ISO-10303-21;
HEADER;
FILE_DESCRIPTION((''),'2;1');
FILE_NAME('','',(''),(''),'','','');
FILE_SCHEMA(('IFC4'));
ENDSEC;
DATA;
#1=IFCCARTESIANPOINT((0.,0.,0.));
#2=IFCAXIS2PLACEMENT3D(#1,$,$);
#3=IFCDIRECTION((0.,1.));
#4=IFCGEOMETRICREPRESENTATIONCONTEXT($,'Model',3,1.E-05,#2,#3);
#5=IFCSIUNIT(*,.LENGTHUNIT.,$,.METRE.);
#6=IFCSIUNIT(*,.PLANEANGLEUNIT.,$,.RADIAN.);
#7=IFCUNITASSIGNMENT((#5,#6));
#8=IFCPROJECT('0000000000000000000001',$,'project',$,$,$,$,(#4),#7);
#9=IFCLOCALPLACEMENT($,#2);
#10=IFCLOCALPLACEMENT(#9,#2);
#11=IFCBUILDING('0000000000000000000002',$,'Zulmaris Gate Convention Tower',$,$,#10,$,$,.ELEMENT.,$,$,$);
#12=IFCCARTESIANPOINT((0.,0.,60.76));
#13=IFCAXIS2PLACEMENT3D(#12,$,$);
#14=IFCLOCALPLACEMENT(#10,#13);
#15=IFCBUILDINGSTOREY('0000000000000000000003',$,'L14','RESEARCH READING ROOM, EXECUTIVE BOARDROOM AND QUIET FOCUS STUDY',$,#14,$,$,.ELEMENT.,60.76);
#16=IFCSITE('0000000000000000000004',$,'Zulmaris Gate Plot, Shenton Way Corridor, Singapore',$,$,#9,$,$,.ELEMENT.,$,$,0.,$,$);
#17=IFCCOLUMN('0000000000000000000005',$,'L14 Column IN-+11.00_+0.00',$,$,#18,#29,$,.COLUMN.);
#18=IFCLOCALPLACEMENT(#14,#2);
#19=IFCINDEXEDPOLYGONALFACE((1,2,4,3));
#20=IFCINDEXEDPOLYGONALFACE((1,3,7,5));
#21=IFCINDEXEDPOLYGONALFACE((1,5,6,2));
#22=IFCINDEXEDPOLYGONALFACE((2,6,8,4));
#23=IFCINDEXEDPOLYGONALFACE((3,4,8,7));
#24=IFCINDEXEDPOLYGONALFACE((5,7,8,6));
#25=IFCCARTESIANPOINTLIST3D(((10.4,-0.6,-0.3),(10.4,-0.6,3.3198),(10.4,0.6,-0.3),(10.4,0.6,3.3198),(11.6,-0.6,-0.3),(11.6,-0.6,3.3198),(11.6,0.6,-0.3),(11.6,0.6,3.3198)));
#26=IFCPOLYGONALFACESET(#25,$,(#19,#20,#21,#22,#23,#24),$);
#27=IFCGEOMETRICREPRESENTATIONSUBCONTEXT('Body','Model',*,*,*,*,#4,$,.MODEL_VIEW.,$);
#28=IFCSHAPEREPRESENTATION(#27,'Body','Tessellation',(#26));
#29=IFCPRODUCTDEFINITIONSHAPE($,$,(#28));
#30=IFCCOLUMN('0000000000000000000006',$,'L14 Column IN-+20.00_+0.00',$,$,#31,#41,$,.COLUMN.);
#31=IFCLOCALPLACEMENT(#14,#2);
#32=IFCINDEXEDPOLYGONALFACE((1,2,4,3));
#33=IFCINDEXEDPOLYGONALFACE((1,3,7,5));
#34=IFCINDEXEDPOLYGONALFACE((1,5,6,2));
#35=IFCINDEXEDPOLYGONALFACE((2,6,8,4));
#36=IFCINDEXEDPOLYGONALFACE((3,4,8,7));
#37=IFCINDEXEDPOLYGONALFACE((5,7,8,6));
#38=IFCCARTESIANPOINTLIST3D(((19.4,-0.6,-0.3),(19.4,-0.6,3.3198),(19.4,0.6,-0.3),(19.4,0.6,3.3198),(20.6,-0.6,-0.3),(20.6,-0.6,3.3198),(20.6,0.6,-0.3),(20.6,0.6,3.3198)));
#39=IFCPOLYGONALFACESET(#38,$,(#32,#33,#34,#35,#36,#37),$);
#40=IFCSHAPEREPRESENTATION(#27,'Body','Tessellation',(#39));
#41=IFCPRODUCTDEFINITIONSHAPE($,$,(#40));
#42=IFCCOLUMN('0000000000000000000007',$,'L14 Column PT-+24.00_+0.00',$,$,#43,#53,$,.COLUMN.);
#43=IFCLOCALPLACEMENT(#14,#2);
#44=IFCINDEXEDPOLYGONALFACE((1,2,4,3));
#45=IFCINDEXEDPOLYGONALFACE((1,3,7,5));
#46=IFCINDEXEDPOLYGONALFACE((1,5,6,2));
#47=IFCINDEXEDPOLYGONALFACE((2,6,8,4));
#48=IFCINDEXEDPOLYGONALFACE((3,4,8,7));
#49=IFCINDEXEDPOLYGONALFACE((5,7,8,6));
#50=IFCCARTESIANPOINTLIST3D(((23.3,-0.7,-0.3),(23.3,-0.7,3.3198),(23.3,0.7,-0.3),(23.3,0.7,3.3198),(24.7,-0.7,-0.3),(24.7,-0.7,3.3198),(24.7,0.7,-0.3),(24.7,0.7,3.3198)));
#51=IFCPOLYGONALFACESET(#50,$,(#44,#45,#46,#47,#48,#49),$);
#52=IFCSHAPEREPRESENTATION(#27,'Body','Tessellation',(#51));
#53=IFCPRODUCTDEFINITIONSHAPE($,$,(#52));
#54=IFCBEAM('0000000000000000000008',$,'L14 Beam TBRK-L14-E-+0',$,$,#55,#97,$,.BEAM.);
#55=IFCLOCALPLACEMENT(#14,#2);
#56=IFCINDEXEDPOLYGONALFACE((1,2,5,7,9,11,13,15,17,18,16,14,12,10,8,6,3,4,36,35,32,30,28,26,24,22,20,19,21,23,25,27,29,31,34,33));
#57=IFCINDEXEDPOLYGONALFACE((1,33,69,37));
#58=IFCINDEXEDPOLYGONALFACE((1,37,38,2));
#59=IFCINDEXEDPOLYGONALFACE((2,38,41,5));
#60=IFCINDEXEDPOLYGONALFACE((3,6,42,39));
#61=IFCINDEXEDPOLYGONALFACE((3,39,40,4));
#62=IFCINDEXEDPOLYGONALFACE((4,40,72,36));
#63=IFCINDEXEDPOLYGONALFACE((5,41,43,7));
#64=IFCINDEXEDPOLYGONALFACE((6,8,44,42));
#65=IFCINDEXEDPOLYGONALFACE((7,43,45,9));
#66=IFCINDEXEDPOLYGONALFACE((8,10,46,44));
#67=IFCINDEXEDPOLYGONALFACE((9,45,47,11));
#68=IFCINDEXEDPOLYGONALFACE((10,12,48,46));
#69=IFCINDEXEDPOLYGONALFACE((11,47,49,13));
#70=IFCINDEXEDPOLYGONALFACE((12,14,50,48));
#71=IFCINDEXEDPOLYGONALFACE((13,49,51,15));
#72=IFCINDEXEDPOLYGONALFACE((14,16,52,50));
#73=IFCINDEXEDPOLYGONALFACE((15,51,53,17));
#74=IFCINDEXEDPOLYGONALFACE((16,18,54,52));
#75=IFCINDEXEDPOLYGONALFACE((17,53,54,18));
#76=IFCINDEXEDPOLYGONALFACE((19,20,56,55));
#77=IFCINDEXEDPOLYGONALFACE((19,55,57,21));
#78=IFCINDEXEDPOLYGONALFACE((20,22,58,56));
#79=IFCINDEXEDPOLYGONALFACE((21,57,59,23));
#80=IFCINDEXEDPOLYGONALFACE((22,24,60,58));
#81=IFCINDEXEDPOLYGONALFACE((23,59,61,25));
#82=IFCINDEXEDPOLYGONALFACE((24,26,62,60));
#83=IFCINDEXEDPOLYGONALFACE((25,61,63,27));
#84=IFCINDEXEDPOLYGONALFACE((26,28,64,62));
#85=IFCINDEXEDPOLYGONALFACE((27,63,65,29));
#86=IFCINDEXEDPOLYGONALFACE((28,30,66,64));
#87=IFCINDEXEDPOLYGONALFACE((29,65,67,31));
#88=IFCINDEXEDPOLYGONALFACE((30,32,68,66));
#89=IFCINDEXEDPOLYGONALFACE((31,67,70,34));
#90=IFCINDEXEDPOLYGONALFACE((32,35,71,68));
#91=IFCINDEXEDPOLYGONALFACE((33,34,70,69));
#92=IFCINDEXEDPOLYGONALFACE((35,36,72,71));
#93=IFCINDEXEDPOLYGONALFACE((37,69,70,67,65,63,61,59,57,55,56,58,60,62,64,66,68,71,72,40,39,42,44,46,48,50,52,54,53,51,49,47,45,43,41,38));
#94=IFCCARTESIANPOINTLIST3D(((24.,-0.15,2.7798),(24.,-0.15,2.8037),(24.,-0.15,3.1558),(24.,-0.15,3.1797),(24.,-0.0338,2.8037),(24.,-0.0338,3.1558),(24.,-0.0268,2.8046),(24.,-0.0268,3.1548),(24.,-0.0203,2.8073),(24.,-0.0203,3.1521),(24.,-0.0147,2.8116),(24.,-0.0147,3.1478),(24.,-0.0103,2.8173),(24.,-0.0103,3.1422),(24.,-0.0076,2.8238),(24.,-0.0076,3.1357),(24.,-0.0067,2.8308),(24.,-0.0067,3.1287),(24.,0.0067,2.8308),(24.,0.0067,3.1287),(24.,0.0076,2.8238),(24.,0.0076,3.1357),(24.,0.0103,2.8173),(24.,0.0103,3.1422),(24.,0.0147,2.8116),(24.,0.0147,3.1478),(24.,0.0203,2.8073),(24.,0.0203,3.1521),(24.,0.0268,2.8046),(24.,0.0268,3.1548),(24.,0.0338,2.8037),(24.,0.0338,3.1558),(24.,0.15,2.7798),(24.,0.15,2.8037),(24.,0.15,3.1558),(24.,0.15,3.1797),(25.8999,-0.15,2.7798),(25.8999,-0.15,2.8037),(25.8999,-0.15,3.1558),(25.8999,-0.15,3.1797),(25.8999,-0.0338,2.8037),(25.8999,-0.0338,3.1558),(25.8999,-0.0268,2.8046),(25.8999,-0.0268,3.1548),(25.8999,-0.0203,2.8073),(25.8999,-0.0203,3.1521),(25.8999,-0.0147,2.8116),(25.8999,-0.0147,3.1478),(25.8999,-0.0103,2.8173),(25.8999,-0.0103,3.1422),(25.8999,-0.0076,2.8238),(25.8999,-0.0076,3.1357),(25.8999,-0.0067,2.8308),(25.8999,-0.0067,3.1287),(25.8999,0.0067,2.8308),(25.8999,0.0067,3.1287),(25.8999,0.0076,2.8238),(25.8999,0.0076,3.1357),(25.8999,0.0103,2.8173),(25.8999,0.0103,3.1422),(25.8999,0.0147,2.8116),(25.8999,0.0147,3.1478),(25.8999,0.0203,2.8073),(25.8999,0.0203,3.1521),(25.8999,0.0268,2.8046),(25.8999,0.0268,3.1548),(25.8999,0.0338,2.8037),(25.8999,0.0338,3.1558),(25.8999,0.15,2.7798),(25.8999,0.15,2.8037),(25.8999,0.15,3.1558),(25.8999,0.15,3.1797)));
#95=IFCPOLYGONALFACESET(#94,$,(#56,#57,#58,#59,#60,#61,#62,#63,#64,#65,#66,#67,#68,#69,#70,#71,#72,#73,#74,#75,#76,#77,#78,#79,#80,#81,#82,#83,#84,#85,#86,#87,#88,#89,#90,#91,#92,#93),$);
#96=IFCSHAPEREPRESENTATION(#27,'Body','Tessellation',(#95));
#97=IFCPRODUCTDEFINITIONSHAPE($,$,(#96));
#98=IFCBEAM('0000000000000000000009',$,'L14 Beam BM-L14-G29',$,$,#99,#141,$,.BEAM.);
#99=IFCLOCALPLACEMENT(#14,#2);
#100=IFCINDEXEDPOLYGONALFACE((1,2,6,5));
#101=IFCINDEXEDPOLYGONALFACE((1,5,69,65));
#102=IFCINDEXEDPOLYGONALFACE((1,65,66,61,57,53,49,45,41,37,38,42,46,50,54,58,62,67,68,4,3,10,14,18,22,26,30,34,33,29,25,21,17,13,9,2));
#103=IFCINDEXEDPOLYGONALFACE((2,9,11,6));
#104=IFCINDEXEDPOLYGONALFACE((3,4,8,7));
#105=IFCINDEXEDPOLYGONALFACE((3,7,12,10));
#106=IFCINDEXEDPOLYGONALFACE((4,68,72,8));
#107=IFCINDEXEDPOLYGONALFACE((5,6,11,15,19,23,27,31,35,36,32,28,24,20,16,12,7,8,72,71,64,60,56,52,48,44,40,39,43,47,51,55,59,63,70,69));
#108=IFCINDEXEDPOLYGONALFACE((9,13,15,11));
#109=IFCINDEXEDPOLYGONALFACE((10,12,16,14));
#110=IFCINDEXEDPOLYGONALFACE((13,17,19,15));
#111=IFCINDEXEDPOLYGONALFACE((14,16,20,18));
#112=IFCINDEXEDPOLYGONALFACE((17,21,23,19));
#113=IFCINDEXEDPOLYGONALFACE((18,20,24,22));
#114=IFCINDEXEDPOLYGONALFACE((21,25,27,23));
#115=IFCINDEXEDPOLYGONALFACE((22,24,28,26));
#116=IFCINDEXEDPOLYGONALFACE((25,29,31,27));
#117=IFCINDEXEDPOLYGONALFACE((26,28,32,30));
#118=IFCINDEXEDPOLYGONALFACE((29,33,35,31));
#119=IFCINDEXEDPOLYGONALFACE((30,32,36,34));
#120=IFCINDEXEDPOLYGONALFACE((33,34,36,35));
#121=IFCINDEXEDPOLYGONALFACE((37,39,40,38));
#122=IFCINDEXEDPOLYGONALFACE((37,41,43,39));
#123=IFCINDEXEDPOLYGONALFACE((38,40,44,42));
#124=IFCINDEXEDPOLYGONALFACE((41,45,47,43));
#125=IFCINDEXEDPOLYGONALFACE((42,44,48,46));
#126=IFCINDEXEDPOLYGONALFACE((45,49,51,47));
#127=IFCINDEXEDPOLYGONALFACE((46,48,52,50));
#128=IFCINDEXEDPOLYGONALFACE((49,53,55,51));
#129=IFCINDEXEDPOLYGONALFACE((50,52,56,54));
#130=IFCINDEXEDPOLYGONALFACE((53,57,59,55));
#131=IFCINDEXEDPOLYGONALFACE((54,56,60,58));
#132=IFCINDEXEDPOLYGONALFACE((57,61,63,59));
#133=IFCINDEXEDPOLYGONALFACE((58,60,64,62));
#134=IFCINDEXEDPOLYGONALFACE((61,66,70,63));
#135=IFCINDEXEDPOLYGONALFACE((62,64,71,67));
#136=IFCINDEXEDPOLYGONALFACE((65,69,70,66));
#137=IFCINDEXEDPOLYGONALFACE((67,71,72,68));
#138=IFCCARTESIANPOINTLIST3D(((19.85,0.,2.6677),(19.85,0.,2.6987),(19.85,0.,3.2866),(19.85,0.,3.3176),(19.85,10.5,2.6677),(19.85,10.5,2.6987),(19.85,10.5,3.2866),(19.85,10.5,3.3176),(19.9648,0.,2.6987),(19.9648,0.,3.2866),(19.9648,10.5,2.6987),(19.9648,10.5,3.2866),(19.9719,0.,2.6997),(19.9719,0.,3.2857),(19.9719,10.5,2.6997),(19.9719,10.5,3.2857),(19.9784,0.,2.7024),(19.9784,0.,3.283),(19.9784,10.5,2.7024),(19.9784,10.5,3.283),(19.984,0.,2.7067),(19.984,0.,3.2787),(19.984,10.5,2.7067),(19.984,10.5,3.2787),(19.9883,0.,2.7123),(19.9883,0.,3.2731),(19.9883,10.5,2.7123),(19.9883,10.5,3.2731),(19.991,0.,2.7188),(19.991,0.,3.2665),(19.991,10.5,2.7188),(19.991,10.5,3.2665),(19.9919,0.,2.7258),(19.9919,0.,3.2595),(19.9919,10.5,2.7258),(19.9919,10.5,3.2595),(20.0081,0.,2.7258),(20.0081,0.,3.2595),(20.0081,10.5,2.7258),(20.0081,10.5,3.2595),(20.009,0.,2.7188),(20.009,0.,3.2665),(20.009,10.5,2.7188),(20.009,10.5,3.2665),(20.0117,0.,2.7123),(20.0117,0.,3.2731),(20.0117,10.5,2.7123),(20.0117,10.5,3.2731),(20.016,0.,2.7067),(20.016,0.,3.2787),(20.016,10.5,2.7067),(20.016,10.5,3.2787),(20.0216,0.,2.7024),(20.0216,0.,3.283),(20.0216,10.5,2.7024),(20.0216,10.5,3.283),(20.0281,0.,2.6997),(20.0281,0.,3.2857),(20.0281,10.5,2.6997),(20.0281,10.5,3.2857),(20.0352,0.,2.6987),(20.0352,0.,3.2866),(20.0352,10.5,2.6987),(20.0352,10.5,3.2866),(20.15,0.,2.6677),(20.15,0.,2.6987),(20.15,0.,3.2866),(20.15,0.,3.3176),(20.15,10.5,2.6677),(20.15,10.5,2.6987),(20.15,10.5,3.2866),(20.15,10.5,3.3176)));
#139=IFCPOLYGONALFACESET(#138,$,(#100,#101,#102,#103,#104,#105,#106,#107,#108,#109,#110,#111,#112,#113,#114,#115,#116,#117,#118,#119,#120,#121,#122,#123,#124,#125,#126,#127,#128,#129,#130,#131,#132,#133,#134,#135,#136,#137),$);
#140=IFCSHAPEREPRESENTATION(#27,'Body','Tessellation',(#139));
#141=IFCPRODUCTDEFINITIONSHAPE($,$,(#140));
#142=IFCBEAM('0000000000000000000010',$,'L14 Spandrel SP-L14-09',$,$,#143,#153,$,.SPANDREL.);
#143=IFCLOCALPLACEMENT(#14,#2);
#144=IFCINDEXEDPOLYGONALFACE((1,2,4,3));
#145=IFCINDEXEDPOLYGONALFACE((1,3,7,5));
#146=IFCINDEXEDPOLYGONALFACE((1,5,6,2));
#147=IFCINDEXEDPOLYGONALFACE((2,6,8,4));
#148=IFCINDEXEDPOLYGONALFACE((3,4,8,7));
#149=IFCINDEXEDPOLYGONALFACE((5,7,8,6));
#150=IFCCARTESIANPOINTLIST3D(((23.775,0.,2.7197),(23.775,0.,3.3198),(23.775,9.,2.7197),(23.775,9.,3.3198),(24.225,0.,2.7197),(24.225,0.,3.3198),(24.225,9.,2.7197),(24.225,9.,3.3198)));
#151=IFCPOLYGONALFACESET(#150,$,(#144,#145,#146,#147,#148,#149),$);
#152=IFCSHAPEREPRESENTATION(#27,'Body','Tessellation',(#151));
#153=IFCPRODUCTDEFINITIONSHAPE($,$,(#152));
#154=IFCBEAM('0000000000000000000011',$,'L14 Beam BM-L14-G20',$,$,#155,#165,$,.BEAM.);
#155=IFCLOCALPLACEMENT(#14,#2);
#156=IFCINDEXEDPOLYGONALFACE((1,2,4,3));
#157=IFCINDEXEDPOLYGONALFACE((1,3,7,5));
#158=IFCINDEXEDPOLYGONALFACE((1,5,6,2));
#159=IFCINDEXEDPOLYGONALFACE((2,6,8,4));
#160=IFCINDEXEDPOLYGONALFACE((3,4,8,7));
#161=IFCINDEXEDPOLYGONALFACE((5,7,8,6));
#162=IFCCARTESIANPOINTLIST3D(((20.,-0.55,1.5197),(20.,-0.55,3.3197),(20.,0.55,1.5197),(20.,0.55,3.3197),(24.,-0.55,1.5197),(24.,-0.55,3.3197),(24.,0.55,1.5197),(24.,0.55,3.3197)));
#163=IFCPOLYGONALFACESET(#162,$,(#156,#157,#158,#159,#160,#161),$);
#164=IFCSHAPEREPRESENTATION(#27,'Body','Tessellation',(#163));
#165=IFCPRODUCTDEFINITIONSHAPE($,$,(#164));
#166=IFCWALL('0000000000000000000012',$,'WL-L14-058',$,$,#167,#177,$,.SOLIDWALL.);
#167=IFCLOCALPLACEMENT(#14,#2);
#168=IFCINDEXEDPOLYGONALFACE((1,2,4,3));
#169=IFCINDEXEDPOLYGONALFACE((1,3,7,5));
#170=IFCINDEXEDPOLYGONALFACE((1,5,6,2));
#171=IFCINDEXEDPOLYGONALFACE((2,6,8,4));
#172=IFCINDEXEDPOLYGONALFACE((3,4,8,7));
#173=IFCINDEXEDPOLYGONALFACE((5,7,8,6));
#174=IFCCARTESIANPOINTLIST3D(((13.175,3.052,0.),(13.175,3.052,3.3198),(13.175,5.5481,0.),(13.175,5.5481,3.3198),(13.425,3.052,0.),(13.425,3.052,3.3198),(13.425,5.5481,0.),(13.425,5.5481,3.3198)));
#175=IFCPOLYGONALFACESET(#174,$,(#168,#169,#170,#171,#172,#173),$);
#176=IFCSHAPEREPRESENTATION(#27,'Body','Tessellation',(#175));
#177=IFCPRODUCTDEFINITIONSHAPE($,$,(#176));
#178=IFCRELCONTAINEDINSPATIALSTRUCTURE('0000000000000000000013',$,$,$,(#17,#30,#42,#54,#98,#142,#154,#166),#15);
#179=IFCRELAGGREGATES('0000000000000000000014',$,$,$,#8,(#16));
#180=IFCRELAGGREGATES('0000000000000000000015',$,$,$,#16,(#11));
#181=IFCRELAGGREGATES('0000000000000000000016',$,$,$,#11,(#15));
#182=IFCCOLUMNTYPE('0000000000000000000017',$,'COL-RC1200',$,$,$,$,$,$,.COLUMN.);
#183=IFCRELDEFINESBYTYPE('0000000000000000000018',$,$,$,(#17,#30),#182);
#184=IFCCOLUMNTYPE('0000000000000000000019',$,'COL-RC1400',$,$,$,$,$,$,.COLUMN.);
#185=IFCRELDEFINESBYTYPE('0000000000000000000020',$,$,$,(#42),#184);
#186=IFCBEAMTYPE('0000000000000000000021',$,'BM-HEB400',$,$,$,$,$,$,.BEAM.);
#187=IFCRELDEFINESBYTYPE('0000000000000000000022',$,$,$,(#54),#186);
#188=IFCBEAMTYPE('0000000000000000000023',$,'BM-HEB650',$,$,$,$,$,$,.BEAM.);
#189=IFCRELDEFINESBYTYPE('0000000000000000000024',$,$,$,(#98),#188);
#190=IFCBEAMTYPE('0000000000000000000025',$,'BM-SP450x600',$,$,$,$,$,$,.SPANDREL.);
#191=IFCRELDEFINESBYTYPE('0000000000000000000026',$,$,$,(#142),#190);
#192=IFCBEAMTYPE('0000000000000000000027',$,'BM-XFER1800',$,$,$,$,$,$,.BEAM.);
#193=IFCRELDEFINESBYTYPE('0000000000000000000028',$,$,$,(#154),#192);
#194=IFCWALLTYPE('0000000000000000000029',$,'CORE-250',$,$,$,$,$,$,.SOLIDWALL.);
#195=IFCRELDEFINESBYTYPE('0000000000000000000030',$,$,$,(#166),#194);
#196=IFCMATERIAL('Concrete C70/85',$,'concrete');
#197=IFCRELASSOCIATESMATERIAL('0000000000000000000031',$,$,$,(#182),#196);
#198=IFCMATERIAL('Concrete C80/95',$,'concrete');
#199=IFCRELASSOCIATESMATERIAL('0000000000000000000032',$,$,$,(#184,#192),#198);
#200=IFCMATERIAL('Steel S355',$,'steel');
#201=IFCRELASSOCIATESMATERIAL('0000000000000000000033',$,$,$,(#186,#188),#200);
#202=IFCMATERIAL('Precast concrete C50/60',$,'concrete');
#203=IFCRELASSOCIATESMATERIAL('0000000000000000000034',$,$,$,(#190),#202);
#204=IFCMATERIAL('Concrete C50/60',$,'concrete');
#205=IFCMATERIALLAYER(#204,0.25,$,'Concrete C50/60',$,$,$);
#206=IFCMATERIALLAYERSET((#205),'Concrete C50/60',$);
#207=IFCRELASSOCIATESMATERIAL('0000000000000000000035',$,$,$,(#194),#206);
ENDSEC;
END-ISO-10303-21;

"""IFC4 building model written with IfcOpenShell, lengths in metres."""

from ifc_helpers import new_model, si_unit, direction, frame, frame_2d, origin, origin_2d, place, context, subcontext, project, spatial, rectangle, i_section, extrude, material, layer, layer_set, material_profile, profile_set, type_object, element, save


model = new_model("IFC4")

# Units and contexts
model_context = context("Model", 3, precision=1e-05, world=origin(), true_north=direction((0.0, 1.0)))
body_context = subcontext(model_context, "Body", "Model", "MODEL_VIEW")
ifc_project = project(units=[si_unit("LENGTHUNIT", "METRE"), si_unit("PLANEANGLEUNIT", "RADIAN")], contexts=[model_context])

# Site, building, storey
site_placement = place(None, origin())
site = spatial("IfcSite", under=ifc_project, at=site_placement, Name="Zulmaris Gate Plot, Shenton Way Corridor, Singapore", CompositionType="ELEMENT", RefElevation=0.0)
building_placement = place(site_placement, origin())
building = spatial("IfcBuilding", under=site, at=building_placement, Name="Zulmaris Gate Convention Tower", CompositionType="ELEMENT")
storey_placement = place(building_placement, frame((0.0, 0.0, 60.76)))
storey = spatial("IfcBuildingStorey", under=building, at=storey_placement, Name="L14", Description="RESEARCH READING ROOM, EXECUTIVE BOARDROOM AND QUIET FOCUS STUDY", CompositionType="ELEMENT", Elevation=60.76)

# Columns
ifc_material_1 = material(Name="Concrete C70/85", Category="concrete")
ifc_material_profile_1 = material_profile(ifc_material_1, rectangle(XDim=1.2, YDim=1.2, at=origin_2d()), Name="RC COL 1200x1200")
ifc_profile_set_1 = profile_set([ifc_material_profile_1], Name="Concrete C70/85")
column_type_1 = type_object("IfcColumnType", Name="COL-RC1200", PredefinedType="COLUMN", material=ifc_profile_set_1)
for number, where, z_axis, x_axis, name in (
    (1, (11.0, 0.0, -0.3), (0.0, 0.0, 1.0), (1.0, 0.0, 0.0), "L14 Column IN-+11.00_+0.00"),
    (2, (20.0, 0.0, -0.3), (0.0, 0.0, 1.0), (1.0, 0.0, 0.0), "L14 Column IN-+20.00_+0.00"),
):
    element("IfcColumn", number, at=place(storey_placement, frame(where, z_axis=z_axis, x_axis=x_axis)), inside=storey, type_object=column_type_1, Name=name, PredefinedType="COLUMN", context=body_context, shape_type="SweptSolid", body=[
        extrude(rectangle(XDim=1.2, YDim=1.2, at=origin_2d()), origin(), (0.0, 0.0, 1.0), 3.6199),
    ])
ifc_material_2 = material(Name="Concrete C80/95", Category="concrete")
ifc_material_profile_2 = material_profile(ifc_material_2, rectangle(XDim=1.3999, YDim=1.3999, at=origin_2d()), Name="RC COL 1400x1400")
ifc_profile_set_2 = profile_set([ifc_material_profile_2], Name="Concrete C80/95")
column_type_2 = type_object("IfcColumnType", Name="COL-RC1400", PredefinedType="COLUMN", material=ifc_profile_set_2)
column_placement = place(storey_placement, frame((24.0, 0.0, -0.3), z_axis=(0.0, 0.0, 1.0), x_axis=(1.0, 0.0, 0.0)))
element("IfcColumn", 3, at=column_placement, inside=storey, type_object=column_type_2, Name="L14 Column PT-+24.00_+0.00", PredefinedType="COLUMN", context=body_context, shape_type="SweptSolid", body=[
    extrude(rectangle(XDim=1.3999, YDim=1.3999, at=origin_2d()), origin(), (0.0, 0.0, 1.0), 3.6199),
])

# Beams
ifc_material_3 = material(Name="Steel S355", Category="steel")
ifc_material_profile_3 = material_profile(ifc_material_3, i_section(OverallWidth=0.3, OverallDepth=0.3999, WebThickness=0.0134, FlangeThickness=0.0239, FilletRadius=0.0271, at=origin_2d()), Name="HEB 400")
ifc_profile_set_3 = profile_set([ifc_material_profile_3], Name="Steel S355")
beam_type_1 = type_object("IfcBeamType", Name="BM-HEB400", PredefinedType="BEAM", material=ifc_profile_set_3)
beam_1_placement = place(storey_placement, frame((24.0, 0.0, 2.9797), z_axis=(1.0, 0.0, 0.0), x_axis=(0.0, 1.0, 0.0)))
element("IfcBeam", 4, at=beam_1_placement, inside=storey, type_object=beam_type_1, Name="L14 Beam TBRK-L14-E-+0", PredefinedType="BEAM", context=body_context, shape_type="SweptSolid", body=[
    extrude(i_section(OverallWidth=0.3, OverallDepth=0.3999, WebThickness=0.0134, FlangeThickness=0.0239, FilletRadius=0.0271, at=origin_2d()), origin(), (0.0, 0.0, 1.0), 1.8999),
])
ifc_material_profile_4 = material_profile(ifc_material_3, i_section(OverallWidth=0.3, OverallDepth=0.6499, WebThickness=0.0161, FlangeThickness=0.031, FilletRadius=0.0271, at=origin_2d()), Name="HEB 650")
ifc_profile_set_4 = profile_set([ifc_material_profile_4], Name="Steel S355")
beam_type_2 = type_object("IfcBeamType", Name="BM-HEB650", PredefinedType="BEAM", material=ifc_profile_set_4)
beam_2_placement = place(storey_placement, frame((20.0, 0.0, 2.9927), z_axis=(0.0, 1.0, 0.0), x_axis=(-1.0, 0.0, 0.0)))
element("IfcBeam", 5, at=beam_2_placement, inside=storey, type_object=beam_type_2, Name="L14 Beam BM-L14-G29", PredefinedType="BEAM", context=body_context, shape_type="SweptSolid", body=[
    extrude(i_section(OverallWidth=0.3, OverallDepth=0.6499, WebThickness=0.0161, FlangeThickness=0.031, FilletRadius=0.0271, at=origin_2d()), origin(), (0.0, 0.0, 1.0), 10.5),
])
ifc_material_4 = material(Name="Precast concrete C50/60", Category="concrete")
ifc_material_profile_5 = material_profile(ifc_material_4, rectangle(XDim=0.45, YDim=0.6001, at=origin_2d()), Name="RC SPANDREL 450x600")
ifc_profile_set_5 = profile_set([ifc_material_profile_5], Name="Precast concrete C50/60")
beam_type_3 = type_object("IfcBeamType", Name="BM-SP450x600", PredefinedType="SPANDREL", material=ifc_profile_set_5)
beam_3_placement = place(storey_placement, frame((24.0, 0.0, 3.0198), z_axis=(0.0, 1.0, 0.0), x_axis=(-1.0, 0.0, 0.0)))
element("IfcBeam", 6, at=beam_3_placement, inside=storey, type_object=beam_type_3, Name="L14 Spandrel SP-L14-09", PredefinedType="SPANDREL", context=body_context, shape_type="SweptSolid", body=[
    extrude(rectangle(XDim=0.45, YDim=0.6001, at=origin_2d()), origin(), (0.0, 0.0, 1.0), 9.0),
])
ifc_material_profile_6 = material_profile(ifc_material_2, rectangle(XDim=1.1001, YDim=1.8, at=origin_2d()), Name="RC TRANSFER 1100x1800")
ifc_profile_set_6 = profile_set([ifc_material_profile_6], Name="Concrete C80/95")
beam_type_4 = type_object("IfcBeamType", Name="BM-XFER1800", PredefinedType="BEAM", material=ifc_profile_set_6)
beam_4_placement = place(storey_placement, frame((20.0, 0.0, 2.4197), z_axis=(1.0, 0.0, 0.0), x_axis=(0.0, 1.0, 0.0)))
element("IfcBeam", 7, at=beam_4_placement, inside=storey, type_object=beam_type_4, Name="L14 Beam BM-L14-G20", PredefinedType="BEAM", context=body_context, shape_type="SweptSolid", body=[
    extrude(rectangle(XDim=1.1001, YDim=1.8, at=origin_2d()), origin(), (0.0, 0.0, 1.0), 4.0),
])

# Wall
ifc_material_5 = material(Name="Concrete C50/60", Category="concrete")
ifc_layer_1 = layer(ifc_material_5, 0.25, Name="Concrete C50/60")
ifc_layer_set_1 = layer_set([ifc_layer_1], Name="Concrete C50/60")
wall_type_1 = type_object("IfcWallType", Name="CORE-250", PredefinedType="SOLIDWALL", material=ifc_layer_set_1)
wall_1_placement = place(storey_placement, frame((13.3, 3.052, 0.0), z_axis=(0.0, 0.0, 1.0), x_axis=(0.0, 1.0, 0.0)))
element("IfcWall", 8, at=wall_1_placement, inside=storey, type_object=wall_type_1, Name="WL-L14-058", PredefinedType="SOLIDWALL", context=body_context, shape_type="SweptSolid", body=[
    extrude(rectangle(XDim=2.4961, YDim=0.25, at=frame_2d((1.248, 0.0))), origin(), (0.0, 0.0, 1.0), 3.3198),
])

save(model, "model.ifc")
